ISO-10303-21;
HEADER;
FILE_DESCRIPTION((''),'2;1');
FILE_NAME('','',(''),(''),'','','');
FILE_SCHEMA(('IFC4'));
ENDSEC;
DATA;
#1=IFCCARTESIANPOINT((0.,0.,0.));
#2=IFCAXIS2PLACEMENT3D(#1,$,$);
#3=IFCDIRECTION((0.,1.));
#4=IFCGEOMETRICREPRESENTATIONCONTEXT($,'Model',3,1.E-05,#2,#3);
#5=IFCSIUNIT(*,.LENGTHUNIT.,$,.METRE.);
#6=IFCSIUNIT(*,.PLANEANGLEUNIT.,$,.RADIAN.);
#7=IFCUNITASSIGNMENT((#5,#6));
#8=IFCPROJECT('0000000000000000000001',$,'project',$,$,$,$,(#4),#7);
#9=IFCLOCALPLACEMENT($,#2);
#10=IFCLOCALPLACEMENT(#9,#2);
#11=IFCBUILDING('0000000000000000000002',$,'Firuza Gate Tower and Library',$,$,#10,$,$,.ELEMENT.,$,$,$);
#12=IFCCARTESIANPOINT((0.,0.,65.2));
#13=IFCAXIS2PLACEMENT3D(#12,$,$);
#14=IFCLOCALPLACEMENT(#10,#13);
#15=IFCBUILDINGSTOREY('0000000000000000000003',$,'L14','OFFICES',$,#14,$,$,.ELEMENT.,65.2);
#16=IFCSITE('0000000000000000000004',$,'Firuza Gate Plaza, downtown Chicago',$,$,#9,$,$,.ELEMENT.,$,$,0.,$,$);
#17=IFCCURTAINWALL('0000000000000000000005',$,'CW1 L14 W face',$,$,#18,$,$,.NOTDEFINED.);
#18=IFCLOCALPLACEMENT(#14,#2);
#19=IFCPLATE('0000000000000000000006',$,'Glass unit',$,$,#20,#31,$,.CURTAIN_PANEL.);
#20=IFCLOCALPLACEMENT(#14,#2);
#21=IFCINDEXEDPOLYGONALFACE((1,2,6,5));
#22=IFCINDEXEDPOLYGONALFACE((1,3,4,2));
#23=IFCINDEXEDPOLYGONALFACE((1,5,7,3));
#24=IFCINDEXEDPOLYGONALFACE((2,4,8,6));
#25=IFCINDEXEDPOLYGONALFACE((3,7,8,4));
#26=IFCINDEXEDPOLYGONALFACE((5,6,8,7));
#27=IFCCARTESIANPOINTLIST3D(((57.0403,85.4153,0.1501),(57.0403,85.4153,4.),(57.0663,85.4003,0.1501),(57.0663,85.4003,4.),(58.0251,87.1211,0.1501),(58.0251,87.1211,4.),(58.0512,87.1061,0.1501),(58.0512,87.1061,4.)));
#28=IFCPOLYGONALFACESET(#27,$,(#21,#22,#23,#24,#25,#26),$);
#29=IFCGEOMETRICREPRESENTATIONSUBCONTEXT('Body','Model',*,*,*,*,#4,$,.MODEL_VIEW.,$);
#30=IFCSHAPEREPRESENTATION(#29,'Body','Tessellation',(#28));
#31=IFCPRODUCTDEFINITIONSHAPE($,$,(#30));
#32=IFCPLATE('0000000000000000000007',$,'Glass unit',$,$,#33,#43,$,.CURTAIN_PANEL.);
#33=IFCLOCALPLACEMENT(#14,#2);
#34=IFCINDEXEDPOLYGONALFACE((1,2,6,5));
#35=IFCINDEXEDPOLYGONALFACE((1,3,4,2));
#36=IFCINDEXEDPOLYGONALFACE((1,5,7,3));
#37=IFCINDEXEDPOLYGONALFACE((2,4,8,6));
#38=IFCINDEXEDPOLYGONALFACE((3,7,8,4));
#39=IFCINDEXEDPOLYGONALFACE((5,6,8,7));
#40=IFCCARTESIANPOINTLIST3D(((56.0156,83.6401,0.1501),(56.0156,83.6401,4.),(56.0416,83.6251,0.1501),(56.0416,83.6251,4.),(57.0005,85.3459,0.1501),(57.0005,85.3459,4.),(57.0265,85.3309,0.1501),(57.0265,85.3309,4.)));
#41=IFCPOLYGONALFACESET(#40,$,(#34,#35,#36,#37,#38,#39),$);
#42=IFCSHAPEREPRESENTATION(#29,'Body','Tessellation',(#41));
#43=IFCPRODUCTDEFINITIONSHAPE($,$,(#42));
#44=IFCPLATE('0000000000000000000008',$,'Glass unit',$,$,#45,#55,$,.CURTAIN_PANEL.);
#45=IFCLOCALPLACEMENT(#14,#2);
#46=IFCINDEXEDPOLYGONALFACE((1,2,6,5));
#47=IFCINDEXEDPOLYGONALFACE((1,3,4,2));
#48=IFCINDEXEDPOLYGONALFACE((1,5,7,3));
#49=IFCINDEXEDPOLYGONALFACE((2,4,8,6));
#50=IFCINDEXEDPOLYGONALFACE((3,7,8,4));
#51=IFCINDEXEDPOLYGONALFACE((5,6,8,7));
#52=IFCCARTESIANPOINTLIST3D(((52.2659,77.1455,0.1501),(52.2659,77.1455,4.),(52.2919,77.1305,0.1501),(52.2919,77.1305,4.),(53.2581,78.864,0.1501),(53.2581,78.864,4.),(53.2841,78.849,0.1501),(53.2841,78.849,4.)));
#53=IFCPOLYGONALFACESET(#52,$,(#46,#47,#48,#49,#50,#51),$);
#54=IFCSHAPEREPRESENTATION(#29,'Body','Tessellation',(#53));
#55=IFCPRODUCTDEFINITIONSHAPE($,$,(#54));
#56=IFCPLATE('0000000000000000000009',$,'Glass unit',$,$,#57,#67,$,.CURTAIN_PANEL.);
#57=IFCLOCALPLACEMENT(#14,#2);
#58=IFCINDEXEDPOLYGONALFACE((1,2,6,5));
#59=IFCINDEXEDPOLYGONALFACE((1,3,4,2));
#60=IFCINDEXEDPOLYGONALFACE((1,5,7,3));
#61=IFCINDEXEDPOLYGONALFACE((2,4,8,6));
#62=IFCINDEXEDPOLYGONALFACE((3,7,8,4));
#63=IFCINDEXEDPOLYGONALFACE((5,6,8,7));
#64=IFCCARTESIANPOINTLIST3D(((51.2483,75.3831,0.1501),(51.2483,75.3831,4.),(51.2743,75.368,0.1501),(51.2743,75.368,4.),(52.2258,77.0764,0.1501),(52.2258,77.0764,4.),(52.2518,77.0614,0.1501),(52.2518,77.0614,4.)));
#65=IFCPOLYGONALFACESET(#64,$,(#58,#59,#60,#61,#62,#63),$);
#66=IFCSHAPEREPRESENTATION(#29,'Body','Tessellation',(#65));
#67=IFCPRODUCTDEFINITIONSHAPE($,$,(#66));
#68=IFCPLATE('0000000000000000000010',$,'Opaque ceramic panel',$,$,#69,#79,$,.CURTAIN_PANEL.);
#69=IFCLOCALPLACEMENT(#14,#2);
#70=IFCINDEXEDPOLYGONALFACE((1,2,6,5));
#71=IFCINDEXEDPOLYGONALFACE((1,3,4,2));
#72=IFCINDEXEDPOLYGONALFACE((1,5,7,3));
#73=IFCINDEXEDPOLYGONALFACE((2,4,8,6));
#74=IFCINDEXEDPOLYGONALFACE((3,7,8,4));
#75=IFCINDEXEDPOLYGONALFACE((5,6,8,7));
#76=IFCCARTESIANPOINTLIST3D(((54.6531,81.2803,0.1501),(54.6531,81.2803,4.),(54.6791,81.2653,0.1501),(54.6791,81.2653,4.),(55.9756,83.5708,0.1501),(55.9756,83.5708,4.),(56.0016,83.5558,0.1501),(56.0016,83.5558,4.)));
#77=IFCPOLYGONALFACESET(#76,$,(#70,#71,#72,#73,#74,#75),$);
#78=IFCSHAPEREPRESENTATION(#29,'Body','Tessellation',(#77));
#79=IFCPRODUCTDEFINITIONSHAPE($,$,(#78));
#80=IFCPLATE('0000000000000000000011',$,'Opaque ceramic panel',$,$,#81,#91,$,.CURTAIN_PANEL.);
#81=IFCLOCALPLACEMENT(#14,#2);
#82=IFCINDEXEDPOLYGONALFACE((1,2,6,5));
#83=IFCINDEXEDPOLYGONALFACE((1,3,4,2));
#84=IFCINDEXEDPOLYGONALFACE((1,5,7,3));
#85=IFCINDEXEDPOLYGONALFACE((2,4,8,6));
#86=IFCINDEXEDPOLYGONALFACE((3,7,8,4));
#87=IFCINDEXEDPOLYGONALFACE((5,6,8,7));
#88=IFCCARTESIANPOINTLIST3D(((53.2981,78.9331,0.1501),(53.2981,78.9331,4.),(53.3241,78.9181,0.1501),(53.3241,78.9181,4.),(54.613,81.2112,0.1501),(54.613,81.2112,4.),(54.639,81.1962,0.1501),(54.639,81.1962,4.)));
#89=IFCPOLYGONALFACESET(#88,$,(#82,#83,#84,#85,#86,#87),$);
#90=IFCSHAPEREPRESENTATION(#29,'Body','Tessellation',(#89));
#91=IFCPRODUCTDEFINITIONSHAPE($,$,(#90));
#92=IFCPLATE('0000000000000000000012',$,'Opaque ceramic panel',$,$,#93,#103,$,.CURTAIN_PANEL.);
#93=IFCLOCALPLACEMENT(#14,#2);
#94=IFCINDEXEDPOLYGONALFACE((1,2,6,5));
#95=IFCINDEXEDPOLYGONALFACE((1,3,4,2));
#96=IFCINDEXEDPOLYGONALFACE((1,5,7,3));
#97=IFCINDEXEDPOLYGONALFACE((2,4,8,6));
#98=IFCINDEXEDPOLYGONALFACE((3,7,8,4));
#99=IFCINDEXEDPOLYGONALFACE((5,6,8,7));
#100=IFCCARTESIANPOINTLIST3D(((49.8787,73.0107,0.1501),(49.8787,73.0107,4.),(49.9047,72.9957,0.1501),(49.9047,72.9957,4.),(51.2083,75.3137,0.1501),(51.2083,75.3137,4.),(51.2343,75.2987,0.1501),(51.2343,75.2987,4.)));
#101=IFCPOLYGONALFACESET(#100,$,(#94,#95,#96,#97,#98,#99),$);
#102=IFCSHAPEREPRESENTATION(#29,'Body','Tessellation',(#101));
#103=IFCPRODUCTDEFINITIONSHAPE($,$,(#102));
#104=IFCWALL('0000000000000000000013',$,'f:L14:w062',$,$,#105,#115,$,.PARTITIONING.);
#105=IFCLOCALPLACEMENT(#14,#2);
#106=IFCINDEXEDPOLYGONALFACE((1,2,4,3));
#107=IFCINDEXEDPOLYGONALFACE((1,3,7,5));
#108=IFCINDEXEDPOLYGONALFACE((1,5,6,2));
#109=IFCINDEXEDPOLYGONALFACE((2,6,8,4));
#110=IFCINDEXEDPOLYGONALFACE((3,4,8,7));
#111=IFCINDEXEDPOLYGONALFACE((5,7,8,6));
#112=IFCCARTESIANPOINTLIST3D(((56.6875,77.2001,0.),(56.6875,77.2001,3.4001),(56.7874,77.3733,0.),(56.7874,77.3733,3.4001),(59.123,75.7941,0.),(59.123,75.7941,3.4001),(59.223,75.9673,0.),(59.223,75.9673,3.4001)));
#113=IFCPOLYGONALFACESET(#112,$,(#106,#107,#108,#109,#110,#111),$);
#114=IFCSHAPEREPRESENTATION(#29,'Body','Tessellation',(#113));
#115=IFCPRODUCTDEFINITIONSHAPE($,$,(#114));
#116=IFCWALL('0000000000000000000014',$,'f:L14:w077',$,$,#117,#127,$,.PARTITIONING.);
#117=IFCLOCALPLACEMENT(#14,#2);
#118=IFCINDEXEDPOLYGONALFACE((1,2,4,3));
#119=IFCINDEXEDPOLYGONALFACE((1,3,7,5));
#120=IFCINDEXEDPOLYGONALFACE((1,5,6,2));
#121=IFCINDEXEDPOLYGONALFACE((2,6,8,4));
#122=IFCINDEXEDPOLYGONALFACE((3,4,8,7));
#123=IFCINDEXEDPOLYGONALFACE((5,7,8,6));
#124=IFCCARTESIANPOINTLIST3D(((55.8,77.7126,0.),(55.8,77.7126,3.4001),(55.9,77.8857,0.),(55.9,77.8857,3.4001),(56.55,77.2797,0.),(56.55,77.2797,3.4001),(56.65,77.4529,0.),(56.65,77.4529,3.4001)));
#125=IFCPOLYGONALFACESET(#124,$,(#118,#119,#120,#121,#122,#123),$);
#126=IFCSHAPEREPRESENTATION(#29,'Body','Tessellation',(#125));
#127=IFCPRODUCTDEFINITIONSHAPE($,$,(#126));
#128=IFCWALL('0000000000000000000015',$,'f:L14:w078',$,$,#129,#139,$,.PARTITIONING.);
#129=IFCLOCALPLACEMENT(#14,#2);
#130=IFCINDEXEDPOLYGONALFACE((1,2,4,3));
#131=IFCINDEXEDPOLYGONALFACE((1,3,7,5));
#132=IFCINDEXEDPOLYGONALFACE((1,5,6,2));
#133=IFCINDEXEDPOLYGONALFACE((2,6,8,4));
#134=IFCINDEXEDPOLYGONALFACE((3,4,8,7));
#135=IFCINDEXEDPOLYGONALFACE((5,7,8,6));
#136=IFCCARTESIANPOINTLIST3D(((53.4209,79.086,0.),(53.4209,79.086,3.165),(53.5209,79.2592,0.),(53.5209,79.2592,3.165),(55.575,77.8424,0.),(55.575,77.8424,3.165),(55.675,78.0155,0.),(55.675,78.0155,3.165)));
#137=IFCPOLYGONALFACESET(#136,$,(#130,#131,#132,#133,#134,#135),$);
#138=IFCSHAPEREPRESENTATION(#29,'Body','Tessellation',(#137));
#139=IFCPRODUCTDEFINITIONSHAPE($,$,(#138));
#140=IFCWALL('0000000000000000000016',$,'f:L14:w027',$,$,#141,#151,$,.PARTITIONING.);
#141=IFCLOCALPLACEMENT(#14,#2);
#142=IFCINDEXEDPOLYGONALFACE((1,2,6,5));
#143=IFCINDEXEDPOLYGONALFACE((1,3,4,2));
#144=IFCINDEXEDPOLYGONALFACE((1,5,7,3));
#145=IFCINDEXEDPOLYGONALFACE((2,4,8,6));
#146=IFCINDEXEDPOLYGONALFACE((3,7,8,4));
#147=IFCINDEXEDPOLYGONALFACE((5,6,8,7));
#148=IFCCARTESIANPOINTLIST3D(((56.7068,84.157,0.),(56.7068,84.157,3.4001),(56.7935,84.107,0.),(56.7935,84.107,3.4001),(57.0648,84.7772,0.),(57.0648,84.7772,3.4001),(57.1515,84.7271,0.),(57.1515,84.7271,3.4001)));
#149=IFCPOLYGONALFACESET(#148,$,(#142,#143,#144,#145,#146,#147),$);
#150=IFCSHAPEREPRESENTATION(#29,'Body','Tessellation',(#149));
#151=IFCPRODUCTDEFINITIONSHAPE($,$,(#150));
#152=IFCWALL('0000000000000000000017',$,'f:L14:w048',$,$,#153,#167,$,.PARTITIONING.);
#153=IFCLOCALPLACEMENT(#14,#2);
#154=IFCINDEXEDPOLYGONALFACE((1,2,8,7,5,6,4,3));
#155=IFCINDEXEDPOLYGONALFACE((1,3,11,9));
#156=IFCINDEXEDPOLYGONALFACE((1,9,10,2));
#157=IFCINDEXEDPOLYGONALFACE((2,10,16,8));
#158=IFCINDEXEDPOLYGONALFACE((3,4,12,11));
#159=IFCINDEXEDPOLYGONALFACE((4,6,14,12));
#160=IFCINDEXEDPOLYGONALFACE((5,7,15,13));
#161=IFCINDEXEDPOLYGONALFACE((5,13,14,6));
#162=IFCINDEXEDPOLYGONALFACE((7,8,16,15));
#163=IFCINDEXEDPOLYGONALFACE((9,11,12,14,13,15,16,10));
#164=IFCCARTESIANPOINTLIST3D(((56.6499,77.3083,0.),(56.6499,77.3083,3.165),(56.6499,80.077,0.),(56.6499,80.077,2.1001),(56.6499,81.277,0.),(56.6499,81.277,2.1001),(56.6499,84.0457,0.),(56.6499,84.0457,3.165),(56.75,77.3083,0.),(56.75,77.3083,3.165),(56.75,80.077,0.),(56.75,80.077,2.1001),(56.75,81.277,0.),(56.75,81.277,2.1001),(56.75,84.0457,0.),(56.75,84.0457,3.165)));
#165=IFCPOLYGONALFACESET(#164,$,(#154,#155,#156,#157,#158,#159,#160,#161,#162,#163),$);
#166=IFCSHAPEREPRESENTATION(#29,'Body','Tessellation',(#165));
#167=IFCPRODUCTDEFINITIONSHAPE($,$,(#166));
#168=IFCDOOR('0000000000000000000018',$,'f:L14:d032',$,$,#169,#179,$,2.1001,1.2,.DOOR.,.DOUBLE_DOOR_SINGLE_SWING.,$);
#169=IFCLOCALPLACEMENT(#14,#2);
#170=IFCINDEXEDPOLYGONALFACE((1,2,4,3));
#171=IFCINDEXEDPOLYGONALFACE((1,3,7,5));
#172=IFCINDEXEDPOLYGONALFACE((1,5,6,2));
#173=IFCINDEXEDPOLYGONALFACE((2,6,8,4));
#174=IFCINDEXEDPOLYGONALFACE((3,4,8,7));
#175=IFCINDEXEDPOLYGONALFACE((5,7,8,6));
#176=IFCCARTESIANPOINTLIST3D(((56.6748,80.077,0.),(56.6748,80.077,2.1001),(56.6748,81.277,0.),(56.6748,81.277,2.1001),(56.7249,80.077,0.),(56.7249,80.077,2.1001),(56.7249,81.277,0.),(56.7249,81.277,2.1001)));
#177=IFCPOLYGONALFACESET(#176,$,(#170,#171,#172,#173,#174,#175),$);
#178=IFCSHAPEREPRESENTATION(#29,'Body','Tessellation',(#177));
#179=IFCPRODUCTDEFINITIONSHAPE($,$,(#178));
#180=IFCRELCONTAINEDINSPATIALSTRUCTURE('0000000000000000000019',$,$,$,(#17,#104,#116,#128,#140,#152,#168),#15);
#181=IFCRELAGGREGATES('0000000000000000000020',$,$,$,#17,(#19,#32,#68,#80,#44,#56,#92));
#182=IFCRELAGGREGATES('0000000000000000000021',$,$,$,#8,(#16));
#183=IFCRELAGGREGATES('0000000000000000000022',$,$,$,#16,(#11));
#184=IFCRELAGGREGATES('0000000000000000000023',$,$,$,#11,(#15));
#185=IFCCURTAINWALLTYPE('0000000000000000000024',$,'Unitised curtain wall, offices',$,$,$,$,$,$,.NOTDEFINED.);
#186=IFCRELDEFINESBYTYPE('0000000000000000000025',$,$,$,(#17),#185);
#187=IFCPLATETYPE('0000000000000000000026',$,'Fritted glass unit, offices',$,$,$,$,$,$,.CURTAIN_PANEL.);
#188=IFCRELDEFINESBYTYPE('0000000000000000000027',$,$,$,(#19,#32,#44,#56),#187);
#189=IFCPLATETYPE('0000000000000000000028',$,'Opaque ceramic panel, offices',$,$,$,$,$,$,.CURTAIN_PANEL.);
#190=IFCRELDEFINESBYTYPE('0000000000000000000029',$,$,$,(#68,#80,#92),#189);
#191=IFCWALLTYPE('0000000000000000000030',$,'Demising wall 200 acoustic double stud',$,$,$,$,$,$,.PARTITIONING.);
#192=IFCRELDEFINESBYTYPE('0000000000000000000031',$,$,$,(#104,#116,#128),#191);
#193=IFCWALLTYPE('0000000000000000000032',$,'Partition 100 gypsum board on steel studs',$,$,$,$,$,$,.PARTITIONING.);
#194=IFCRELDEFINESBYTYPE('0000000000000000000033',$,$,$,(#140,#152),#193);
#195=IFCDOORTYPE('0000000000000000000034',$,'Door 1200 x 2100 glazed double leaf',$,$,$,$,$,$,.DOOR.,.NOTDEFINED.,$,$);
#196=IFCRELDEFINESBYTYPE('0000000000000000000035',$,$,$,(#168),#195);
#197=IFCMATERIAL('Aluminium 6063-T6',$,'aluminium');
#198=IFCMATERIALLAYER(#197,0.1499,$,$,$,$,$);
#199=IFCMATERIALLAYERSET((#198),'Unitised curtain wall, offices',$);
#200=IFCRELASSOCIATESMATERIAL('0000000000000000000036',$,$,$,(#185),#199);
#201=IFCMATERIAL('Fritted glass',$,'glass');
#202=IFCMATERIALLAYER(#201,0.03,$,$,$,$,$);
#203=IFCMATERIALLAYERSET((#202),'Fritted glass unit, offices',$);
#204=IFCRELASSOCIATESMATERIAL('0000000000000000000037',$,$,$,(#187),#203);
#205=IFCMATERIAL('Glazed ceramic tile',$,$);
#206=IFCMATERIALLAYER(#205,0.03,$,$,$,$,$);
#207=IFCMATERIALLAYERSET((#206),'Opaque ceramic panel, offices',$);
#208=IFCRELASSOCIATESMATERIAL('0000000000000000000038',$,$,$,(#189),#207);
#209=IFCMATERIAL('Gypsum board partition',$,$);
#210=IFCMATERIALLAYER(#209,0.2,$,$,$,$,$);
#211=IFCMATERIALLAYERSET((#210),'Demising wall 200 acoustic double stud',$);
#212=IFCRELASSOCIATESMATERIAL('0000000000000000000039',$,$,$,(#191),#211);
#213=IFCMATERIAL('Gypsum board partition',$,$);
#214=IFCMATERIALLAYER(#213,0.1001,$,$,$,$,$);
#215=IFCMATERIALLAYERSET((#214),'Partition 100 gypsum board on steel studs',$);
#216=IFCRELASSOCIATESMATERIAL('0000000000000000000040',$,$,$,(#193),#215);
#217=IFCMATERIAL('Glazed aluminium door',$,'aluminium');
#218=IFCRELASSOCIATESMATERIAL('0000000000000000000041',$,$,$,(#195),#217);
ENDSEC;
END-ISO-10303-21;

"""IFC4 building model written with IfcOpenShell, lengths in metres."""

from ifc_helpers import new_model, si_unit, direction, frame, frame_2d, origin, place, context, subcontext, project, spatial, polyline, rectangle, outline, extrude, material, layer, layer_set, type_object, element, fill, aggregate, save


model = new_model("IFC4")

# Units and contexts
model_context = context("Model", 3, precision=1e-05, world=origin(), true_north=direction((0.0, 1.0)))
body_context = subcontext(model_context, "Body", "Model", "MODEL_VIEW")
ifc_project = project(units=[si_unit("LENGTHUNIT", "METRE"), si_unit("PLANEANGLEUNIT", "RADIAN")], contexts=[model_context])

# Site, building, storey
site_placement = place(None, origin())
site = spatial("IfcSite", under=ifc_project, at=site_placement, Name="Firuza Gate Plaza, downtown Chicago", CompositionType="ELEMENT", RefElevation=0.0)
building_placement = place(site_placement, origin())
building = spatial("IfcBuilding", under=site, at=building_placement, Name="Firuza Gate Tower and Library", CompositionType="ELEMENT")
storey_placement = place(building_placement, frame((0.0, 0.0, 65.2)))
storey = spatial("IfcBuildingStorey", under=building, at=storey_placement, Name="L14", Description="OFFICES", CompositionType="ELEMENT", Elevation=65.2)

# Curtain wall
ifc_material_1 = material(Name="Aluminium 6063-T6", Category="aluminium")
ifc_layer_1 = layer(ifc_material_1, 0.1499)
ifc_layer_set_1 = layer_set([ifc_layer_1], Name="Unitised curtain wall, offices")
curtain_wall_type = type_object("IfcCurtainWallType", Name="Unitised curtain wall, offices", PredefinedType="NOTDEFINED", material=ifc_layer_set_1)
curtain_wall_placement = place(storey_placement, origin())
curtain_wall = element("IfcCurtainWall", 1, at=curtain_wall_placement, inside=storey, type_object=curtain_wall_type, Name="CW1 L14 W face", PredefinedType="NOTDEFINED")

# Plates
ifc_material_2 = material(Name="Fritted glass", Category="glass")
ifc_layer_2 = layer(ifc_material_2, 0.03)
ifc_layer_set_2 = layer_set([ifc_layer_2], Name="Fritted glass unit, offices")
plate_type_1 = type_object("IfcPlateType", Name="Fritted glass unit, offices", PredefinedType="CURTAIN_PANEL", material=ifc_layer_set_2)
plate_1_placement = place(storey_placement, frame((58.0251, 87.1211, 0.1501), z_axis=(-0.866023, 0.500005, 0.0), x_axis=(-0.500005, -0.866023, 0.0)))
plate_1 = element("IfcPlate", 2, at=plate_1_placement, type_object=plate_type_1, Name="Glass unit", PredefinedType="CURTAIN_PANEL", context=body_context, shape_type="SweptSolid", body=[
    extrude(outline(polyline([(0.0, 0.0), (1.9697, 0.0), (1.9697, 3.8499), (0.0, 3.8499), (0.0, 0.0)])), origin(), (0.0, 0.0, -1.0), 0.03),
])
plate_2_placement = place(storey_placement, frame((57.0005, 85.3459, 0.1501), z_axis=(-0.866023, 0.500005, 0.0), x_axis=(-0.500005, -0.866023, 0.0)))
plate_2 = element("IfcPlate", 3, at=plate_2_placement, type_object=plate_type_1, Name="Glass unit", PredefinedType="CURTAIN_PANEL", context=body_context, shape_type="SweptSolid", body=[
    extrude(outline(polyline([(0.0, 0.0), (1.9697, 0.0), (1.9697, 3.8499), (0.0, 3.8499), (0.0, 0.0)])), origin(), (0.0, 0.0, -1.0), 0.03),
])
plate_3_placement = place(storey_placement, frame((53.2581, 78.864, 0.1501), z_axis=(-0.866024, 0.500003, 0.0), x_axis=(-0.500003, -0.866024, 0.0)))
plate_3 = element("IfcPlate", 4, at=plate_3_placement, type_object=plate_type_1, Name="Glass unit", PredefinedType="CURTAIN_PANEL", context=body_context, shape_type="SweptSolid", body=[
    extrude(outline(polyline([(0.0, 0.0), (1.9844, 0.0), (1.9844, 3.8499), (0.0, 3.8499), (0.0, 0.0)])), origin(), (0.0, 0.0, -1.0), 0.03),
])
plate_4_placement = place(storey_placement, frame((52.2258, 77.0764, 0.1501), z_axis=(-0.866053, 0.499953, 0.0), x_axis=(-0.499953, -0.866053, 0.0)))
plate_4 = element("IfcPlate", 5, at=plate_4_placement, type_object=plate_type_1, Name="Glass unit", PredefinedType="CURTAIN_PANEL", context=body_context, shape_type="SweptSolid", body=[
    extrude(outline(polyline([(0.0, 0.0), (1.9553, 0.0), (1.9553, 3.8499), (0.0, 3.8499), (0.0, 0.0)])), origin(), (0.0, 0.0, -1.0), 0.03),
])
ifc_material_3 = material(Name="Glazed ceramic tile")
ifc_layer_3 = layer(ifc_material_3, 0.03)
ifc_layer_set_3 = layer_set([ifc_layer_3], Name="Opaque ceramic panel, offices")
plate_type_2 = type_object("IfcPlateType", Name="Opaque ceramic panel, offices", PredefinedType="CURTAIN_PANEL", material=ifc_layer_set_3)
plate_5_placement = place(storey_placement, frame((55.9756, 83.5708, 0.1501), z_axis=(-0.866013, 0.500021, 0.0), x_axis=(-0.500021, -0.866013, 0.0)))
plate_5 = element("IfcPlate", 6, at=plate_5_placement, type_object=plate_type_2, Name="Opaque ceramic panel", PredefinedType="CURTAIN_PANEL", context=body_context, shape_type="SweptSolid", body=[
    extrude(outline(polyline([(0.0, 0.0), (2.6449, 0.0), (2.6449, 3.8499), (0.0, 3.8499), (0.0, 0.0)])), origin(), (0.0, 0.0, -1.0), 0.03),
])
plate_6_placement = place(storey_placement, frame((54.613, 81.2112, 0.1501), z_axis=(-0.866076, 0.499913, 0.0), x_axis=(-0.499913, -0.866076, 0.0)))
plate_6 = element("IfcPlate", 7, at=plate_6_placement, type_object=plate_type_2, Name="Opaque ceramic panel", PredefinedType="CURTAIN_PANEL", context=body_context, shape_type="SweptSolid", body=[
    extrude(outline(polyline([(0.0, 0.0), (2.6303, 0.0), (2.6303, 3.8499), (0.0, 3.8499), (0.0, 0.0)])), origin(), (0.0, 0.0, -1.0), 0.03),
])
plate_7_placement = place(storey_placement, frame((51.2083, 75.3137, 0.1501), z_axis=(-0.866031, 0.49999, 0.0), x_axis=(-0.49999, -0.866031, 0.0)))
plate_7 = element("IfcPlate", 8, at=plate_7_placement, type_object=plate_type_2, Name="Opaque ceramic panel", PredefinedType="CURTAIN_PANEL", context=body_context, shape_type="SweptSolid", body=[
    extrude(outline(polyline([(0.0, 0.0), (2.6592, 0.0), (2.6592, 3.8499), (0.0, 3.8499), (0.0, 0.0)])), origin(), (0.0, 0.0, -1.0), 0.03),
])
aggregate(curtain_wall, [plate_1, plate_2, plate_5, plate_6, plate_3, plate_4, plate_7])

# Walls
ifc_material_4 = material(Name="Gypsum board partition")
ifc_layer_4 = layer(ifc_material_4, 0.2)
ifc_layer_set_4 = layer_set([ifc_layer_4], Name="Demising wall 200 acoustic double stud")
wall_type_1 = type_object("IfcWallType", Name="Demising wall 200 acoustic double stud", PredefinedType="PARTITIONING", material=ifc_layer_set_4)
wall_1_placement = place(storey_placement, frame((59.1731, 75.8806, 0.0), z_axis=(0.0, 0.0, 1.0), x_axis=(-0.86605, 0.499958, 0.0)))
element("IfcWall", 9, at=wall_1_placement, inside=storey, type_object=wall_type_1, Name="f:L14:w062", PredefinedType="PARTITIONING", context=body_context, shape_type="SweptSolid", body=[
    extrude(rectangle(XDim=2.8123, YDim=0.2, at=frame_2d((1.4062, 0.0))), origin(), (0.0, 0.0, 1.0), 3.4001),
])
wall_2_placement = place(storey_placement, frame((56.6001, 77.3662, 0.0), z_axis=(0.0, 0.0, 1.0), x_axis=(-0.866101, 0.499869, 0.0)))
element("IfcWall", 10, at=wall_2_placement, inside=storey, type_object=wall_type_1, Name="f:L14:w077", PredefinedType="PARTITIONING", context=body_context, shape_type="SweptSolid", body=[
    extrude(rectangle(XDim=0.866, YDim=0.2, at=frame_2d((0.4331, 0.0))), origin(), (0.0, 0.0, 1.0), 3.4001),
])
wall_3_placement = place(storey_placement, frame((55.625, 77.929, 0.0), z_axis=(0.0, 0.0, 1.0), x_axis=(-0.866024, 0.500003, 0.0)))
element("IfcWall", 11, at=wall_3_placement, inside=storey, type_object=wall_type_1, Name="f:L14:w078", PredefinedType="PARTITIONING", context=body_context, shape_type="SweptSolid", body=[
    extrude(rectangle(XDim=2.4873, YDim=0.2, at=frame_2d((1.2437, 0.0))), origin(), (0.0, 0.0, 1.0), 3.165),
])
ifc_material_5 = material(Name="Gypsum board partition")
ifc_layer_5 = layer(ifc_material_5, 0.1001)
ifc_layer_set_5 = layer_set([ifc_layer_5], Name="Partition 100 gypsum board on steel studs")
wall_type_2 = type_object("IfcWallType", Name="Partition 100 gypsum board on steel studs", PredefinedType="PARTITIONING", material=ifc_layer_set_5)
wall_4_placement = place(storey_placement, frame((56.7502, 84.1321, 0.0), z_axis=(0.0, 0.0, 1.0), x_axis=(0.49988, 0.866095, 0.0)))
element("IfcWall", 12, at=wall_4_placement, inside=storey, type_object=wall_type_2, Name="f:L14:w027", PredefinedType="PARTITIONING", context=body_context, shape_type="SweptSolid", body=[
    extrude(rectangle(XDim=0.7161, YDim=0.1001, at=frame_2d((0.3579, 0.0))), origin(), (0.0, 0.0, 1.0), 3.4001),
])

# Wall, opening, door
wall_5_placement = place(storey_placement, frame((56.7, 84.0457, 0.0), z_axis=(0.0, 0.0, 1.0), x_axis=(0.0, -1.0, 0.0)))
wall_5 = element("IfcWall", 13, at=wall_5_placement, inside=storey, type_object=wall_type_2, Name="f:L14:w048", PredefinedType="PARTITIONING", context=body_context, shape_type="SweptSolid", body=[
    extrude(rectangle(XDim=6.7373, YDim=0.1001, at=frame_2d((3.3687, 0.0))), origin(), (0.0, 0.0, 1.0), 3.165),
])
opening_placement = place(wall_5_placement, frame((2.7686, 0.0, 0.0)))
opening = element("IfcOpeningElement", 14, at=opening_placement, cuts=wall_5, PredefinedType="OPENING", context=body_context, shape_type="SweptSolid", body=[
    extrude(rectangle(XDim=1.2, YDim=2.1001, at=frame_2d((0.6001, 1.05))), frame((0.0, 0.0601, 0.0), z_axis=(0.0, -1.0, 0.0), x_axis=(1.0, 0.0, 0.0)), (0.0, 0.0, 1.0), 0.1201),
])
ifc_material_6 = material(Name="Glazed aluminium door", Category="aluminium")
door_type = type_object("IfcDoorType", Name="Door 1200 x 2100 glazed double leaf", OperationType="NOTDEFINED", PredefinedType="DOOR", material=ifc_material_6)
door_placement = place(opening_placement, origin())
door = element("IfcDoor", 15, at=door_placement, inside=storey, type_object=door_type, Name="f:L14:d032", OperationType="DOUBLE_DOOR_SINGLE_SWING", OverallHeight=2.1001, OverallWidth=1.2, PredefinedType="DOOR", context=body_context, shape_type="SweptSolid", body=[
    extrude(rectangle(XDim=1.2, YDim=2.1001, at=frame_2d((0.6001, 1.05))), frame((0.0, 0.0249, 0.0), z_axis=(0.0, -1.0, 0.0), x_axis=(1.0, 0.0, 0.0)), (0.0, 0.0, 1.0), 0.05),
])
fill(opening, door)

save(model, "model.ifc")
